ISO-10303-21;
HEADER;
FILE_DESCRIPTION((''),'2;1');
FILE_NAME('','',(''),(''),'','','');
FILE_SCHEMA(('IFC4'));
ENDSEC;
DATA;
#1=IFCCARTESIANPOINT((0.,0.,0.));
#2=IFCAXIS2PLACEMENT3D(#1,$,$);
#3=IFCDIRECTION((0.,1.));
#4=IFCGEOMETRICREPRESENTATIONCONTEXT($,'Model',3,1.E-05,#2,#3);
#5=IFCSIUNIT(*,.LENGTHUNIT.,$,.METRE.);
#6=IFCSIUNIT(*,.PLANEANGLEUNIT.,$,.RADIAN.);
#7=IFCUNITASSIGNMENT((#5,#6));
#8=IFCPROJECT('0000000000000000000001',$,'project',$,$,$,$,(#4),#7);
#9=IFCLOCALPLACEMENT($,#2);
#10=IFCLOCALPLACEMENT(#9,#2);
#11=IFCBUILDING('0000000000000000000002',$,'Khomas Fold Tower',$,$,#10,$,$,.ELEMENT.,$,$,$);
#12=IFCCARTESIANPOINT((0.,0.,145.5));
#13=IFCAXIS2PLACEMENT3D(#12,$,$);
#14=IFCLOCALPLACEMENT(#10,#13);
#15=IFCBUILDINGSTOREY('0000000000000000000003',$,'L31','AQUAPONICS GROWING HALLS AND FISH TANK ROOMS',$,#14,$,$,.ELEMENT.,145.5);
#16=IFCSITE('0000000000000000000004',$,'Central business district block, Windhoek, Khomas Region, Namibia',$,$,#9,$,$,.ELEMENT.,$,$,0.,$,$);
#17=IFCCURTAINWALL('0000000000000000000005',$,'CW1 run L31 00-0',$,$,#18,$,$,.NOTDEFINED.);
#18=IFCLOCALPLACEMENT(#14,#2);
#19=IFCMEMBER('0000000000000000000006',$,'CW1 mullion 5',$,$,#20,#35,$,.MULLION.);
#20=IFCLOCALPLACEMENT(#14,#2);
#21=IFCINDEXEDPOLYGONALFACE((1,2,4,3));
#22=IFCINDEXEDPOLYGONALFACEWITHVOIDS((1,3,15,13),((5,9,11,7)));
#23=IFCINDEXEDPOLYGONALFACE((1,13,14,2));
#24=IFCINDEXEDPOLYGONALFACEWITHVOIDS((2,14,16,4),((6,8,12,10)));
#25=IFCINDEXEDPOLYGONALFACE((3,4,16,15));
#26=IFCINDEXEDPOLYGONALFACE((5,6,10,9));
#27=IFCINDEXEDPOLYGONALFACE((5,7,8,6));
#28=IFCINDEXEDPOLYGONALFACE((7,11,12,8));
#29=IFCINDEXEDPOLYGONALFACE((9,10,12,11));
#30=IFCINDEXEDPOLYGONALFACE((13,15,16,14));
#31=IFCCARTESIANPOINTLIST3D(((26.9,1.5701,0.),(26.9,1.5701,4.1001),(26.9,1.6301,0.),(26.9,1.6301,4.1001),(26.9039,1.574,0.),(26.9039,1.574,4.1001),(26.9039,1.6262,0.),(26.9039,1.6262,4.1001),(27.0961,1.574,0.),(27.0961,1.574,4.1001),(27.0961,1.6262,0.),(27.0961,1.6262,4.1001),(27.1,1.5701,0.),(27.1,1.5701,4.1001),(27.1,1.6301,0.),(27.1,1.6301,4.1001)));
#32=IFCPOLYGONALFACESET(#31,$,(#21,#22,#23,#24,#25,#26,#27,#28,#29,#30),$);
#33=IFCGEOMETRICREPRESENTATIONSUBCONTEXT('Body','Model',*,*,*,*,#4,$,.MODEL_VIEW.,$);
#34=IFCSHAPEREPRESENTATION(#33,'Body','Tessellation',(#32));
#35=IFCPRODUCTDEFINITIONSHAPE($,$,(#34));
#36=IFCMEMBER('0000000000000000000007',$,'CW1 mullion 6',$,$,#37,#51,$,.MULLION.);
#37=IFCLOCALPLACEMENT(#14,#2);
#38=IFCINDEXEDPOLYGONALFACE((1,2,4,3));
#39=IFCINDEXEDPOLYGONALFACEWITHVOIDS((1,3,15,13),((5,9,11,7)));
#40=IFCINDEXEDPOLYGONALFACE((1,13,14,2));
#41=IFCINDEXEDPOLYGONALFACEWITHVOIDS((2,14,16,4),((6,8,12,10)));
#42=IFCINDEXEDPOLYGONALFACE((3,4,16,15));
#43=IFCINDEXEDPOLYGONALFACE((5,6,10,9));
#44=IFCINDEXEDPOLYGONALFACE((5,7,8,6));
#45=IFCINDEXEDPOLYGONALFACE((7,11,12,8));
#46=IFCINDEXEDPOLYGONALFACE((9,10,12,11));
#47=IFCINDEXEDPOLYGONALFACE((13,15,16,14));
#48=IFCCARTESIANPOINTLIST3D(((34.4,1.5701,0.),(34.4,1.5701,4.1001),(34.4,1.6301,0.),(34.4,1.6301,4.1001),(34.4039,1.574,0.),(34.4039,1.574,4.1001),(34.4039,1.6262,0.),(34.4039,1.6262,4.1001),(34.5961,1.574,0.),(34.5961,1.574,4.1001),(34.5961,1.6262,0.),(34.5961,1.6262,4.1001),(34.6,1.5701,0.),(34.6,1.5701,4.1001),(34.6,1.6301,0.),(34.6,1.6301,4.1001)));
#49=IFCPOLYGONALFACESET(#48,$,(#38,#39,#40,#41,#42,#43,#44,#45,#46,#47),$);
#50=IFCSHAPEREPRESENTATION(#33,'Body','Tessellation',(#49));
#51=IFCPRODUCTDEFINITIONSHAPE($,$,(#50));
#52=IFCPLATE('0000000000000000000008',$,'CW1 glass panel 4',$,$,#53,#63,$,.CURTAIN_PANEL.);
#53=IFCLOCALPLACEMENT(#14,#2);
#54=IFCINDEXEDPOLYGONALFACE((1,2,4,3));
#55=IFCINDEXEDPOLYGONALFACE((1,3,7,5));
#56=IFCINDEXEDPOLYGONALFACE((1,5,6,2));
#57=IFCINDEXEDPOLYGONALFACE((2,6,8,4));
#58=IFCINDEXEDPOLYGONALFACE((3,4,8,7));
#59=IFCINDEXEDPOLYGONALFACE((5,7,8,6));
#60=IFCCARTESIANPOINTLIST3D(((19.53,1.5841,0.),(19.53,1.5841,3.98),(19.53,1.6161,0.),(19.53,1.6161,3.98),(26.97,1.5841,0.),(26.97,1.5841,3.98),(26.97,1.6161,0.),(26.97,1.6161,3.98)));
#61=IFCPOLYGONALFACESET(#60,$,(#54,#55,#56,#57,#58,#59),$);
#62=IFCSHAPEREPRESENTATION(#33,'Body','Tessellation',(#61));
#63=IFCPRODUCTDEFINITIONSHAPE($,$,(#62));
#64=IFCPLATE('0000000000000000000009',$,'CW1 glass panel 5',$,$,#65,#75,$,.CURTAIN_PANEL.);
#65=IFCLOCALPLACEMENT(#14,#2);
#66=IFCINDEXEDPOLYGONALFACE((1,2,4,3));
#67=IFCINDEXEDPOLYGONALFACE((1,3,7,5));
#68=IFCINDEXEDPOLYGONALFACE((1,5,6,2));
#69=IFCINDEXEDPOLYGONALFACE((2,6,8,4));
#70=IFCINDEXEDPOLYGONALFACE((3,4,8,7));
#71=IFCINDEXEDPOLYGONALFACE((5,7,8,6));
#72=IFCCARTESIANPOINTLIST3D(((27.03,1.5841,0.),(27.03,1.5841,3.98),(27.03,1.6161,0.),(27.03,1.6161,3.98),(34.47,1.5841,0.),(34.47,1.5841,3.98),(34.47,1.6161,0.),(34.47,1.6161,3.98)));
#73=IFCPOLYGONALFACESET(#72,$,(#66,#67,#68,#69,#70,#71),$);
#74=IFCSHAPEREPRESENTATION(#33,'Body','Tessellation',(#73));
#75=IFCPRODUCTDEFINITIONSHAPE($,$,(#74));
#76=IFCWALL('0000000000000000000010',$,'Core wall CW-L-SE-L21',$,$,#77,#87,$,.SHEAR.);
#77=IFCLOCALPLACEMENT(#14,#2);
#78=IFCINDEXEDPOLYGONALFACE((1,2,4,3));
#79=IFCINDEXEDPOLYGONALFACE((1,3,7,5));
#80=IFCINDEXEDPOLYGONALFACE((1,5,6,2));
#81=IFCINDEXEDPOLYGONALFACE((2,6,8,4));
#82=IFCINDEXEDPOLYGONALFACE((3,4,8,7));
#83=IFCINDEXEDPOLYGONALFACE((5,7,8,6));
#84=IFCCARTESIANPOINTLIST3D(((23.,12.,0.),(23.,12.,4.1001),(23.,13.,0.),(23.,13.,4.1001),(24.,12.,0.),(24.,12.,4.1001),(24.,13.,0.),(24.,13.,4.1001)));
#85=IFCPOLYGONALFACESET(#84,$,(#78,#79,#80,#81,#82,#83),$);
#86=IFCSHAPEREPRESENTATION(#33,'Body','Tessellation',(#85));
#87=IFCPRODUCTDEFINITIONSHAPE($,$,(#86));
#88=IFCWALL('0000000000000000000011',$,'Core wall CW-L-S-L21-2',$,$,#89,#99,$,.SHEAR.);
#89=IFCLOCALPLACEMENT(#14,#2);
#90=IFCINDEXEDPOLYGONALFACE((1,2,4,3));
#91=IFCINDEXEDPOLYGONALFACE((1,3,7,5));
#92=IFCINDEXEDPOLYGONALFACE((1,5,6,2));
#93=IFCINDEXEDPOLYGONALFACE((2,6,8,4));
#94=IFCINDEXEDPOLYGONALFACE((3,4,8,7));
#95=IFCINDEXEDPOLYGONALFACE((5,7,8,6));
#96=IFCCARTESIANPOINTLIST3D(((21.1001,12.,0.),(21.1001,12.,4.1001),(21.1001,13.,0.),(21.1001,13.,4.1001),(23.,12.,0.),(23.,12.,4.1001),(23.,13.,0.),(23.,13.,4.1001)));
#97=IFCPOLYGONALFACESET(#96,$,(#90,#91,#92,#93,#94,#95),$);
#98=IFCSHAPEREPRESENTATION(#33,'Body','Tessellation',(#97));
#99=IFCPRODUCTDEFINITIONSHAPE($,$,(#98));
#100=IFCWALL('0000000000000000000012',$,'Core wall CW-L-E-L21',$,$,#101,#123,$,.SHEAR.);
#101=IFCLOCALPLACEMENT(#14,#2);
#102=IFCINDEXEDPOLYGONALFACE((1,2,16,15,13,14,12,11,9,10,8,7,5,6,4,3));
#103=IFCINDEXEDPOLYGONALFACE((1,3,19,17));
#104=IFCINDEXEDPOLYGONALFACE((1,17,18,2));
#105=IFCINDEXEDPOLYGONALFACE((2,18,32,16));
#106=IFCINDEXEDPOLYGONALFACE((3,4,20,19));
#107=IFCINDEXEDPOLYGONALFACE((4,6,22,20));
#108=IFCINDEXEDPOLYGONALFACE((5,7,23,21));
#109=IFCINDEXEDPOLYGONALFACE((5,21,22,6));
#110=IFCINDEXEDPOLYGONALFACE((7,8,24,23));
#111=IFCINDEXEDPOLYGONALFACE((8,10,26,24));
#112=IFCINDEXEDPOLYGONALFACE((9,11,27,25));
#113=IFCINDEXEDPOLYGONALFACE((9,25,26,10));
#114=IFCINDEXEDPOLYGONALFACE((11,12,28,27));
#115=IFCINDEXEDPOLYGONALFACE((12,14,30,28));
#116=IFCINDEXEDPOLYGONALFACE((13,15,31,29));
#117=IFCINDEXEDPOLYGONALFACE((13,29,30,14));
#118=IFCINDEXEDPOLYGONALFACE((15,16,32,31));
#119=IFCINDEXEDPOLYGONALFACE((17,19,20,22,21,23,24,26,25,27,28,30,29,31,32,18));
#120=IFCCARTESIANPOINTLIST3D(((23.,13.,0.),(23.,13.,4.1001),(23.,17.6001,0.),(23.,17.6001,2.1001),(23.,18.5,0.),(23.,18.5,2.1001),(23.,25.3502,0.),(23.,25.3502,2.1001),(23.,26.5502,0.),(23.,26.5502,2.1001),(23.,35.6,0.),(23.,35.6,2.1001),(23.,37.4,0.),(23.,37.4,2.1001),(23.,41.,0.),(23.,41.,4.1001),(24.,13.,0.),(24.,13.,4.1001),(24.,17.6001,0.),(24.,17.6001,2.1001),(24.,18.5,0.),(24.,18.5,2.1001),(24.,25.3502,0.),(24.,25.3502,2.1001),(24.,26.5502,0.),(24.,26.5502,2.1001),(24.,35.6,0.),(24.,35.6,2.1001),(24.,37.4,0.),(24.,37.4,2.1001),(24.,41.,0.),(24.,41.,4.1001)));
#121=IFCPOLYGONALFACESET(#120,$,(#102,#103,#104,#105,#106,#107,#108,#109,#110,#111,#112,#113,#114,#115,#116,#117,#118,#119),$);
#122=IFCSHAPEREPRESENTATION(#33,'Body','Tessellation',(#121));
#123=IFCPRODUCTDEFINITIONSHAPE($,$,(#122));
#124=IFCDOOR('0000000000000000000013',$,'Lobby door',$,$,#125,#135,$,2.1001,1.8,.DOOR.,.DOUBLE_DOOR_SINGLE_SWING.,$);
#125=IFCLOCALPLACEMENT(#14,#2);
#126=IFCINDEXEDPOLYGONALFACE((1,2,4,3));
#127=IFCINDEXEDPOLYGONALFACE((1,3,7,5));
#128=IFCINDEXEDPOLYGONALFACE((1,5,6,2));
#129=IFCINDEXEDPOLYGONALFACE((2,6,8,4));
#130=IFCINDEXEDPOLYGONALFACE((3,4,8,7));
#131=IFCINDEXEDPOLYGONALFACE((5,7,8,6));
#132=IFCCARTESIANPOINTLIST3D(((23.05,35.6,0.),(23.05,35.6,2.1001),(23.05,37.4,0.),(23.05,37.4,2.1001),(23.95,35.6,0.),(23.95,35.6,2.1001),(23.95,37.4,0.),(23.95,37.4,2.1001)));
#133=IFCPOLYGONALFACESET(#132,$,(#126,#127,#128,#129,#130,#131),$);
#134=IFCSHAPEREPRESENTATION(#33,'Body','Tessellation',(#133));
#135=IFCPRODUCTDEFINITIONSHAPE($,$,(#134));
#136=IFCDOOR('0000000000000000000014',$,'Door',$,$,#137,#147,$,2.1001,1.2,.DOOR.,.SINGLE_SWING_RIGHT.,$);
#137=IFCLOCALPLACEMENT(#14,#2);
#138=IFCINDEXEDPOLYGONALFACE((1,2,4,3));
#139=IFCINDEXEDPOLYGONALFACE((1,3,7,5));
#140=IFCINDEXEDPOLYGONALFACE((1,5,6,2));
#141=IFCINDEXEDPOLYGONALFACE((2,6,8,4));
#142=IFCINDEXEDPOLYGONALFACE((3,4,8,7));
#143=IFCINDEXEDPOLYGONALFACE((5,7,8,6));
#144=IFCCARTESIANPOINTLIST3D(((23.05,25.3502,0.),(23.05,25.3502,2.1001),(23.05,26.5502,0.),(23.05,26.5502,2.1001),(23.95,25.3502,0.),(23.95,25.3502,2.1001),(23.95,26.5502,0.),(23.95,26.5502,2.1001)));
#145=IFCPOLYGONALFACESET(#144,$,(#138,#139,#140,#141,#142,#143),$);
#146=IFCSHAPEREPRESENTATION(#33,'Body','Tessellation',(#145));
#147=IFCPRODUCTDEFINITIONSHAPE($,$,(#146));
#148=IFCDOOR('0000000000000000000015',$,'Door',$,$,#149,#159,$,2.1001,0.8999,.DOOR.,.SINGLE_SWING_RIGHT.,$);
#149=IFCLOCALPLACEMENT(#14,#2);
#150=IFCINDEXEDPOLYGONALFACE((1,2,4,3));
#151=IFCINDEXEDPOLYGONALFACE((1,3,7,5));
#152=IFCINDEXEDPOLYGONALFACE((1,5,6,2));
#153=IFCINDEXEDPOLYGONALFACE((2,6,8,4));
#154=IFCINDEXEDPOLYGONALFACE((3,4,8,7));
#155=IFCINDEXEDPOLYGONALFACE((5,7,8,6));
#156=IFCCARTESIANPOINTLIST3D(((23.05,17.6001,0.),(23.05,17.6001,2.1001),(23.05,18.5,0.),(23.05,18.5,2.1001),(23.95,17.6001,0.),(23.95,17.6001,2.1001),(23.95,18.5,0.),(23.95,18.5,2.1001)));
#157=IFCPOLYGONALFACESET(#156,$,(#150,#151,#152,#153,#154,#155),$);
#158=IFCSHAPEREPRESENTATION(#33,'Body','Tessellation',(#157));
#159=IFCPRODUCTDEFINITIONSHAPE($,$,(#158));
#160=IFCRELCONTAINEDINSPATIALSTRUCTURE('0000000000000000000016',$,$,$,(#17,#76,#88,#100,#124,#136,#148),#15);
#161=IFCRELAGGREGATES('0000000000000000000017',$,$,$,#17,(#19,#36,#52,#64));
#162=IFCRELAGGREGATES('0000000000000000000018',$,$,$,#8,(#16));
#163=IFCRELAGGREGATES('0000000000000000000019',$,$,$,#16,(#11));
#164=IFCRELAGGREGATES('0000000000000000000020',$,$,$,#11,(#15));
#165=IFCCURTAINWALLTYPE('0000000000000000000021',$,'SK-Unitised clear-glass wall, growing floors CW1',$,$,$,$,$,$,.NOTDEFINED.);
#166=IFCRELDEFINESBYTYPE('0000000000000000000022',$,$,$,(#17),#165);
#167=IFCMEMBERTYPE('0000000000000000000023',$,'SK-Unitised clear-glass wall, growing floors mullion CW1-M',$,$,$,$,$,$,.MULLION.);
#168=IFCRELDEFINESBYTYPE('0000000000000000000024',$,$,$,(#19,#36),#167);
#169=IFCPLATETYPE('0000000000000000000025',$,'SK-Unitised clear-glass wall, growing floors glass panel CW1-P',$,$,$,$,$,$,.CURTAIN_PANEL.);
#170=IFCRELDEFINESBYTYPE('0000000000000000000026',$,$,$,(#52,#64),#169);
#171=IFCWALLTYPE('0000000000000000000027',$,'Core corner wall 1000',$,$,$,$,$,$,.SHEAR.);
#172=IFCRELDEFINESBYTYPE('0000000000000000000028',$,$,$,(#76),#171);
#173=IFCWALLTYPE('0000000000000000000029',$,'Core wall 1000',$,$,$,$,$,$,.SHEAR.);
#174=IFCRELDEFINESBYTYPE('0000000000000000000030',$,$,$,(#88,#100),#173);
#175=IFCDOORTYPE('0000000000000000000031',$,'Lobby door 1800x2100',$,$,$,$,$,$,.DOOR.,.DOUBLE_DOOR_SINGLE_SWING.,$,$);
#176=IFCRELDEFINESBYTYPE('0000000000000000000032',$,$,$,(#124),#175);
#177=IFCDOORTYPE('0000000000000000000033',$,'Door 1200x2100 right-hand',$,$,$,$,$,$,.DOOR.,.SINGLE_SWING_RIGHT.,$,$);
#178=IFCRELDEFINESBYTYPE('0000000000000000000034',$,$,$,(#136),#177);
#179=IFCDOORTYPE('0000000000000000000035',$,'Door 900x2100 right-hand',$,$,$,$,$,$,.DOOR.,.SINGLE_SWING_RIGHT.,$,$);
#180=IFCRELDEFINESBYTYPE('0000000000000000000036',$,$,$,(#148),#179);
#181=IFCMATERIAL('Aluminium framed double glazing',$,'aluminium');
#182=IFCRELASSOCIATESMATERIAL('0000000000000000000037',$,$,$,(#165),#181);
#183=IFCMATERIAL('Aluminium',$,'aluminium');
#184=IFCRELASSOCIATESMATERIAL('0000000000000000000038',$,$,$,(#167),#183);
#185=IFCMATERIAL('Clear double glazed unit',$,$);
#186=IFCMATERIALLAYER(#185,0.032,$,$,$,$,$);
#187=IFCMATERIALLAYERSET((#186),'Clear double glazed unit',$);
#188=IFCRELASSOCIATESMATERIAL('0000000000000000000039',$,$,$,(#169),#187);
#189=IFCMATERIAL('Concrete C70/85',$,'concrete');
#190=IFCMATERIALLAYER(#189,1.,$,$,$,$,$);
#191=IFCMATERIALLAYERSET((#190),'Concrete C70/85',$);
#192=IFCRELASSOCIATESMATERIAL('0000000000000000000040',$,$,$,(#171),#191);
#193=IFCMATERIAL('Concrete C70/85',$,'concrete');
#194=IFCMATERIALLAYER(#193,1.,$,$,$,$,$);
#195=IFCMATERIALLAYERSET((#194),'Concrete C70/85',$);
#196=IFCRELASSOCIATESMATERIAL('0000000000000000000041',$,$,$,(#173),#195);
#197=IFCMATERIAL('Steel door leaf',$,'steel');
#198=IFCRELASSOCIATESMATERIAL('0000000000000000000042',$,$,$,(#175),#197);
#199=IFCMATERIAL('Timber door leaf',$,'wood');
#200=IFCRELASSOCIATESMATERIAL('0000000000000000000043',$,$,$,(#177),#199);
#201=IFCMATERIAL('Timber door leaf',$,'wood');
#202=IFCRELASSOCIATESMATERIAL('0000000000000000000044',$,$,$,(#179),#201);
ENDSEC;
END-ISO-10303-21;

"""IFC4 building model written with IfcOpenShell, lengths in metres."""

from ifc_helpers import new_model, si_unit, direction, frame, frame_2d, origin, origin_2d, place, context, subcontext, project, spatial, rectangle, hollow_rectangle, extrude, source, transform, mapped, material, layer, layer_set, material_profile, profile_set, type_object, element, fill, aggregate, save


model = new_model("IFC4")

# Units and contexts
model_context = context("Model", 3, precision=1e-05, world=origin(), true_north=direction((0.0, 1.0)))
body_context = subcontext(model_context, "Body", "Model", "MODEL_VIEW")
ifc_project = project(units=[si_unit("LENGTHUNIT", "METRE"), si_unit("PLANEANGLEUNIT", "RADIAN")], contexts=[model_context])

# Site, building, storey
site_placement = place(None, origin())
site = spatial("IfcSite", under=ifc_project, at=site_placement, Name="Central business district block, Windhoek, Khomas Region, Namibia", CompositionType="ELEMENT", RefElevation=0.0)
building_placement = place(site_placement, origin())
building = spatial("IfcBuilding", under=site, at=building_placement, Name="Khomas Fold Tower", CompositionType="ELEMENT")
storey_placement = place(building_placement, frame((0.0, 0.0, 145.5)))
storey = spatial("IfcBuildingStorey", under=building, at=storey_placement, Name="L31", Description="AQUAPONICS GROWING HALLS AND FISH TANK ROOMS", CompositionType="ELEMENT", Elevation=145.5)

# Curtain wall, members, plates
ifc_material_1 = material(Name="Aluminium framed double glazing", Category="aluminium")
curtain_wall_type = type_object("IfcCurtainWallType", Name="SK-Unitised clear-glass wall, growing floors CW1", PredefinedType="NOTDEFINED", material=ifc_material_1)
curtain_wall_placement = place(storey_placement, origin())
curtain_wall = element("IfcCurtainWall", 1, at=curtain_wall_placement, inside=storey, type_object=curtain_wall_type, Name="CW1 run L31 00-0", PredefinedType="NOTDEFINED")
ifc_material_2 = material(Name="Aluminium", Category="aluminium")
ifc_material_profile_1 = material_profile(ifc_material_2, hollow_rectangle(XDim=0.0601, YDim=0.2, WallThickness=0.0039, at=origin_2d()), Name="SK-Unitised clear-glass wall, growing floors mullion CW1-M")
ifc_profile_set_1 = profile_set([ifc_material_profile_1], Name="Aluminium")
member_type_1 = type_object("IfcMemberType", Name="SK-Unitised clear-glass wall, growing floors mullion CW1-M", PredefinedType="MULLION", material=ifc_profile_set_1)
shared_shape_1 = source(origin(), body_context, "Body", "SweptSolid", [
    extrude(hollow_rectangle(XDim=0.0601, YDim=0.2, WallThickness=0.0039, at=origin_2d()), origin(), (0.0, 0.0, 1.0), 4.1001),
])
member_1_placement = place(storey_placement, frame((27.0, 1.6001, 0.0), z_axis=(0.0, 0.0, 1.0), x_axis=(0.0, 1.0, 0.0)))
member_1 = element("IfcMember", 2, at=member_1_placement, type_object=member_type_1, Name="CW1 mullion 5", PredefinedType="MULLION", context=body_context, shape_type="MappedRepresentation", body=[
    mapped(shared_shape_1, transform((0.0, 0.0, 0.0))),
])
member_2_placement = place(storey_placement, frame((34.5, 1.6001, 0.0), z_axis=(0.0, 0.0, 1.0), x_axis=(0.0, 1.0, 0.0)))
member_2 = element("IfcMember", 3, at=member_2_placement, type_object=member_type_1, Name="CW1 mullion 6", PredefinedType="MULLION", context=body_context, shape_type="MappedRepresentation", body=[
    mapped(shared_shape_1, transform((0.0, 0.0, 0.0))),
])
ifc_material_3 = material(Name="Clear double glazed unit")
ifc_layer_1 = layer(ifc_material_3, 0.032)
ifc_layer_set_1 = layer_set([ifc_layer_1], Name="Clear double glazed unit")
plate_type = type_object("IfcPlateType", Name="SK-Unitised clear-glass wall, growing floors glass panel CW1-P", PredefinedType="CURTAIN_PANEL", material=ifc_layer_set_1)
shared_shape_2 = source(origin(), body_context, "Body", "SweptSolid", [
    extrude(rectangle(XDim=7.4399, YDim=0.032, at=origin_2d()), origin(), (0.0, 0.0, 1.0), 3.98),
])
plate_1_placement = place(storey_placement, frame((23.25, 1.6001, 0.0), z_axis=(0.0, 0.0, 1.0), x_axis=(1.0, 0.0, 0.0)))
plate_1 = element("IfcPlate", 4, at=plate_1_placement, type_object=plate_type, Name="CW1 glass panel 4", PredefinedType="CURTAIN_PANEL", context=body_context, shape_type="MappedRepresentation", body=[
    mapped(shared_shape_2, transform((0.0, 0.0, 0.0))),
])
plate_2_placement = place(storey_placement, frame((30.75, 1.6001, 0.0), z_axis=(0.0, 0.0, 1.0), x_axis=(1.0, 0.0, 0.0)))
plate_2 = element("IfcPlate", 5, at=plate_2_placement, type_object=plate_type, Name="CW1 glass panel 5", PredefinedType="CURTAIN_PANEL", context=body_context, shape_type="MappedRepresentation", body=[
    mapped(shared_shape_2, transform((0.0, 0.0, 0.0))),
])
aggregate(curtain_wall, [member_1, member_2, plate_1, plate_2])

# Walls
ifc_material_4 = material(Name="Concrete C70/85", Category="concrete")
ifc_layer_2 = layer(ifc_material_4, 1.0)
ifc_layer_set_2 = layer_set([ifc_layer_2], Name="Concrete C70/85")
wall_type_1 = type_object("IfcWallType", Name="Core corner wall 1000", PredefinedType="SHEAR", material=ifc_layer_set_2)
shared_shape_3 = source(origin(), body_context, "Body", "SweptSolid", [
    extrude(rectangle(XDim=1.0, YDim=1.0, at=frame_2d((0.5, 0.0))), origin(), (0.0, 0.0, 1.0), 4.1001),
])
wall_1_placement = place(storey_placement, frame((23.0, 12.5, 0.0), z_axis=(0.0, 0.0, 1.0), x_axis=(1.0, 0.0, 0.0)))
element("IfcWall", 6, at=wall_1_placement, inside=storey, type_object=wall_type_1, Name="Core wall CW-L-SE-L21", PredefinedType="SHEAR", context=body_context, shape_type="MappedRepresentation", body=[
    mapped(shared_shape_3, transform((0.0, 0.0, 0.0))),
])
ifc_material_5 = material(Name="Concrete C70/85", Category="concrete")
ifc_layer_3 = layer(ifc_material_5, 1.0)
ifc_layer_set_3 = layer_set([ifc_layer_3], Name="Concrete C70/85")
wall_type_2 = type_object("IfcWallType", Name="Core wall 1000", PredefinedType="SHEAR", material=ifc_layer_set_3)
shared_shape_4 = source(origin(), body_context, "Body", "SweptSolid", [
    extrude(rectangle(XDim=1.8999, YDim=1.0, at=frame_2d((0.95, 0.0))), origin(), (0.0, 0.0, 1.0), 4.1001),
])
wall_2_placement = place(storey_placement, frame((21.1001, 12.5, 0.0), z_axis=(0.0, 0.0, 1.0), x_axis=(1.0, 0.0, 0.0)))
element("IfcWall", 7, at=wall_2_placement, inside=storey, type_object=wall_type_2, Name="Core wall CW-L-S-L21-2", PredefinedType="SHEAR", context=body_context, shape_type="MappedRepresentation", body=[
    mapped(shared_shape_4, transform((0.0, 0.0, 0.0))),
])

# Wall, openings, doors
shared_shape_5 = source(origin(), body_context, "Body", "SweptSolid", [
    extrude(rectangle(XDim=28.0, YDim=1.0, at=frame_2d((14.0, 0.0))), origin(), (0.0, 0.0, 1.0), 4.1001),
])
wall_3_placement = place(storey_placement, frame((23.5, 13.0, 0.0), z_axis=(0.0, 0.0, 1.0), x_axis=(0.0, 1.0, 0.0)))
wall_3 = element("IfcWall", 8, at=wall_3_placement, inside=storey, type_object=wall_type_2, Name="Core wall CW-L-E-L21", PredefinedType="SHEAR", context=body_context, shape_type="MappedRepresentation", body=[
    mapped(shared_shape_5, transform((0.0, 0.0, 0.0))),
])
shared_shape_6 = source(origin(), body_context, "Body", "SweptSolid", [
    extrude(rectangle(XDim=1.8, YDim=2.1001, at=frame_2d((0.8999, 1.05))), frame((0.0, 0.51, 0.0), z_axis=(0.0, -1.0, 0.0), x_axis=(1.0, 0.0, 0.0)), (0.0, 0.0, 1.0), 1.02),
])
opening_1_placement = place(wall_3_placement, frame((22.6001, 0.0, 0.0)))
opening_1 = element("IfcOpeningElement", 9, at=opening_1_placement, cuts=wall_3, PredefinedType="OPENING", context=body_context, shape_type="MappedRepresentation", body=[
    mapped(shared_shape_6, transform((0.0, 0.0, 0.0))),
])
shared_shape_7 = source(origin(), body_context, "Body", "SweptSolid", [
    extrude(rectangle(XDim=1.2, YDim=2.1001, at=frame_2d((0.6001, 1.05))), frame((0.0, 0.51, 0.0), z_axis=(0.0, -1.0, 0.0), x_axis=(1.0, 0.0, 0.0)), (0.0, 0.0, 1.0), 1.02),
])
opening_2_placement = place(wall_3_placement, frame((12.3501, 0.0, 0.0)))
opening_2 = element("IfcOpeningElement", 10, at=opening_2_placement, cuts=wall_3, PredefinedType="OPENING", context=body_context, shape_type="MappedRepresentation", body=[
    mapped(shared_shape_7, transform((0.0, 0.0, 0.0))),
])
shared_shape_8 = source(origin(), body_context, "Body", "SweptSolid", [
    extrude(rectangle(XDim=0.8999, YDim=2.1001, at=frame_2d((0.45, 1.05))), frame((0.0, 0.51, 0.0), z_axis=(0.0, -1.0, 0.0), x_axis=(1.0, 0.0, 0.0)), (0.0, 0.0, 1.0), 1.02),
])
opening_3_placement = place(wall_3_placement, frame((4.6001, 0.0, 0.0)))
opening_3 = element("IfcOpeningElement", 11, at=opening_3_placement, cuts=wall_3, PredefinedType="OPENING", context=body_context, shape_type="MappedRepresentation", body=[
    mapped(shared_shape_8, transform((0.0, 0.0, 0.0))),
])
ifc_material_6 = material(Name="Steel door leaf", Category="steel")
door_type_1 = type_object("IfcDoorType", Name="Lobby door 1800x2100", OperationType="DOUBLE_DOOR_SINGLE_SWING", PredefinedType="DOOR", material=ifc_material_6)
shared_shape_9 = source(origin(), body_context, "Body", "SweptSolid", [
    extrude(rectangle(XDim=1.8, YDim=2.1001, at=frame_2d((0.8999, 1.05))), frame((0.0, 0.45, 0.0), z_axis=(0.0, -1.0, 0.0), x_axis=(1.0, 0.0, 0.0)), (0.0, 0.0, 1.0), 0.8999),
])
door_1_placement = place(opening_1_placement, origin())
door_1 = element("IfcDoor", 12, at=door_1_placement, inside=storey, type_object=door_type_1, Name="Lobby door", OperationType="DOUBLE_DOOR_SINGLE_SWING", OverallHeight=2.1001, OverallWidth=1.8, PredefinedType="DOOR", context=body_context, shape_type="MappedRepresentation", body=[
    mapped(shared_shape_9, transform((0.0, 0.0, 0.0))),
])
fill(opening_1, door_1)
ifc_material_7 = material(Name="Timber door leaf", Category="wood")
door_type_2 = type_object("IfcDoorType", Name="Door 1200x2100 right-hand", OperationType="SINGLE_SWING_RIGHT", PredefinedType="DOOR", material=ifc_material_7)
shared_shape_10 = source(origin(), body_context, "Body", "SweptSolid", [
    extrude(rectangle(XDim=1.2, YDim=2.1001, at=frame_2d((0.6001, 1.05))), frame((0.0, 0.45, 0.0), z_axis=(0.0, -1.0, 0.0), x_axis=(1.0, 0.0, 0.0)), (0.0, 0.0, 1.0), 0.8999),
])
door_2_placement = place(opening_2_placement, origin())
door_2 = element("IfcDoor", 13, at=door_2_placement, inside=storey, type_object=door_type_2, Name="Door", OperationType="SINGLE_SWING_RIGHT", OverallHeight=2.1001, OverallWidth=1.2, PredefinedType="DOOR", context=body_context, shape_type="MappedRepresentation", body=[
    mapped(shared_shape_10, transform((0.0, 0.0, 0.0))),
])
fill(opening_2, door_2)
ifc_material_8 = material(Name="Timber door leaf", Category="wood")
door_type_3 = type_object("IfcDoorType", Name="Door 900x2100 right-hand", OperationType="SINGLE_SWING_RIGHT", PredefinedType="DOOR", material=ifc_material_8)
shared_shape_11 = source(origin(), body_context, "Body", "SweptSolid", [
    extrude(rectangle(XDim=0.8999, YDim=2.1001, at=frame_2d((0.45, 1.05))), frame((0.0, 0.45, 0.0), z_axis=(0.0, -1.0, 0.0), x_axis=(1.0, 0.0, 0.0)), (0.0, 0.0, 1.0), 0.8999),
])
door_3_placement = place(opening_3_placement, origin())
door_3 = element("IfcDoor", 14, at=door_3_placement, inside=storey, type_object=door_type_3, Name="Door", OperationType="SINGLE_SWING_RIGHT", OverallHeight=2.1001, OverallWidth=0.8999, PredefinedType="DOOR", context=body_context, shape_type="MappedRepresentation", body=[
    mapped(shared_shape_11, transform((0.0, 0.0, 0.0))),
])
fill(opening_3, door_3)

save(model, "model.ifc")
